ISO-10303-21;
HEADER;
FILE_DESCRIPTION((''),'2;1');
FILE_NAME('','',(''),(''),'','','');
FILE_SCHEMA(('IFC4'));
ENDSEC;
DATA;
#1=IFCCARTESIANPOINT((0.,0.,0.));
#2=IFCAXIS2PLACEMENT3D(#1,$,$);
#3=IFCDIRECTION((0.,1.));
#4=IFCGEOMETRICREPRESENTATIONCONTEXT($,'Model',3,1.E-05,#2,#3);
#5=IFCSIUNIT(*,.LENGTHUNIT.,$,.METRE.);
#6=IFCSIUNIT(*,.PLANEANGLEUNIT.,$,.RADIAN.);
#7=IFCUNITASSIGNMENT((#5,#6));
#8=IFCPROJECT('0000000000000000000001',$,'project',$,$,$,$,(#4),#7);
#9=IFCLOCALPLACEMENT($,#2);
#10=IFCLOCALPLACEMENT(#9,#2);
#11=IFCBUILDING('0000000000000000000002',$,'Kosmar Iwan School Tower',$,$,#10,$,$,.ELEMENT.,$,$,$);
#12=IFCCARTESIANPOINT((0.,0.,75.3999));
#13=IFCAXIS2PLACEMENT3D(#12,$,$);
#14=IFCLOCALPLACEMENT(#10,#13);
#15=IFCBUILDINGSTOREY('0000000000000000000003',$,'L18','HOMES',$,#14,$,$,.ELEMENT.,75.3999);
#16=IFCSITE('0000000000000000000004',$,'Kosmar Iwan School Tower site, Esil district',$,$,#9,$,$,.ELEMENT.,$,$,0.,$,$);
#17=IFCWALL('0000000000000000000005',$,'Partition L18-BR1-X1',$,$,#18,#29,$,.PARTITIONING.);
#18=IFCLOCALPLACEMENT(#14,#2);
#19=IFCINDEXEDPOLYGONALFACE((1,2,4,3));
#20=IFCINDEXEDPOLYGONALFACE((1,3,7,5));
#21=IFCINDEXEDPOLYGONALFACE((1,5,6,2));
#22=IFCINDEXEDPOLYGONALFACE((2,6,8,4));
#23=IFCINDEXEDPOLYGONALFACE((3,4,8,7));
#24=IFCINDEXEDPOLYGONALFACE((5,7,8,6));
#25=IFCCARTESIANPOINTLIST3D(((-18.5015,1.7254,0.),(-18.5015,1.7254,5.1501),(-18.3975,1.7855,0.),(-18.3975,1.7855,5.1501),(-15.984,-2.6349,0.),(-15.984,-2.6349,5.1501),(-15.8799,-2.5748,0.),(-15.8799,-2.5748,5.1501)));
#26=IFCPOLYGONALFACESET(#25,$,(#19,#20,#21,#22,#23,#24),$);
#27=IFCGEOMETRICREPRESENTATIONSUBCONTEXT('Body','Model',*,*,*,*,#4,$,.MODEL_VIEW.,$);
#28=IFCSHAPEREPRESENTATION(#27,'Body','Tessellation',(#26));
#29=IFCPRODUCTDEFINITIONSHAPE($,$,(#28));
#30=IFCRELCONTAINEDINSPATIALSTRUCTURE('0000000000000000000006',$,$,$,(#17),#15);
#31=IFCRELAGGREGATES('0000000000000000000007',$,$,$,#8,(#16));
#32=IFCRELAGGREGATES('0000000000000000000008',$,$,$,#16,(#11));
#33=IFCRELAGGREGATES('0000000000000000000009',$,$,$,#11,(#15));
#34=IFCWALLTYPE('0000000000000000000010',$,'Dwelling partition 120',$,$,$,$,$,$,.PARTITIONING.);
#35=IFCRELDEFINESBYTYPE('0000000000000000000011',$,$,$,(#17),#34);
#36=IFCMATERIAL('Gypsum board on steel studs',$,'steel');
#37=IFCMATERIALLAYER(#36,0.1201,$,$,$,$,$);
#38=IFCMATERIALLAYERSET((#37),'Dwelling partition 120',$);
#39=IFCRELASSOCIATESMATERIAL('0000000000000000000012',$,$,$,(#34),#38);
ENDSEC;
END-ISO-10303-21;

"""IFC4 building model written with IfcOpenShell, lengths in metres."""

from ifc_helpers import new_model, si_unit, direction, frame, frame_2d, origin, place, context, subcontext, project, spatial, rectangle, extrude, material, layer, layer_set, type_object, element, save


model = new_model("IFC4")

# Units and contexts
model_context = context("Model", 3, precision=1e-05, world=origin(), true_north=direction((0.0, 1.0)))
body_context = subcontext(model_context, "Body", "Model", "MODEL_VIEW")
ifc_project = project(units=[si_unit("LENGTHUNIT", "METRE"), si_unit("PLANEANGLEUNIT", "RADIAN")], contexts=[model_context])

# Site, building, storey
site_placement = place(None, origin())
site = spatial("IfcSite", under=ifc_project, at=site_placement, Name="Kosmar Iwan School Tower site, Esil district", CompositionType="ELEMENT", RefElevation=0.0)
building_placement = place(site_placement, origin())
building = spatial("IfcBuilding", under=site, at=building_placement, Name="Kosmar Iwan School Tower", CompositionType="ELEMENT")
storey_placement = place(building_placement, frame((0.0, 0.0, 75.3999)))
storey = spatial("IfcBuildingStorey", under=building, at=storey_placement, Name="L18", Description="HOMES", CompositionType="ELEMENT", Elevation=75.3999)

# Shared definitions
ifc_material_1 = material(Name="Gypsum board on steel studs", Category="steel")
ifc_layer_1 = layer(ifc_material_1, 0.1201)
ifc_layer_set_1 = layer_set([ifc_layer_1], Name="Dwelling partition 120")
wall_type = type_object("IfcWallType", Name="Dwelling partition 120", PredefinedType="PARTITIONING", material=ifc_layer_set_1)

# Wall
wall_1_placement = place(storey_placement, frame((-15.9319, -2.605, 0.0), z_axis=(0.0, 0.0, 1.0), x_axis=(-0.500019, 0.866014, 0.0)))
element("IfcWall", 1, at=wall_1_placement, inside=storey, type_object=wall_type, Name="Partition L18-BR1-X1", PredefinedType="PARTITIONING", context=body_context, shape_type="SweptSolid", body=[
    extrude(rectangle(XDim=5.0349, YDim=0.1201, at=frame_2d((2.5176, 0.0))), origin(), (0.0, 0.0, 1.0), 5.1501),
])

save(model, "model.ifc")
